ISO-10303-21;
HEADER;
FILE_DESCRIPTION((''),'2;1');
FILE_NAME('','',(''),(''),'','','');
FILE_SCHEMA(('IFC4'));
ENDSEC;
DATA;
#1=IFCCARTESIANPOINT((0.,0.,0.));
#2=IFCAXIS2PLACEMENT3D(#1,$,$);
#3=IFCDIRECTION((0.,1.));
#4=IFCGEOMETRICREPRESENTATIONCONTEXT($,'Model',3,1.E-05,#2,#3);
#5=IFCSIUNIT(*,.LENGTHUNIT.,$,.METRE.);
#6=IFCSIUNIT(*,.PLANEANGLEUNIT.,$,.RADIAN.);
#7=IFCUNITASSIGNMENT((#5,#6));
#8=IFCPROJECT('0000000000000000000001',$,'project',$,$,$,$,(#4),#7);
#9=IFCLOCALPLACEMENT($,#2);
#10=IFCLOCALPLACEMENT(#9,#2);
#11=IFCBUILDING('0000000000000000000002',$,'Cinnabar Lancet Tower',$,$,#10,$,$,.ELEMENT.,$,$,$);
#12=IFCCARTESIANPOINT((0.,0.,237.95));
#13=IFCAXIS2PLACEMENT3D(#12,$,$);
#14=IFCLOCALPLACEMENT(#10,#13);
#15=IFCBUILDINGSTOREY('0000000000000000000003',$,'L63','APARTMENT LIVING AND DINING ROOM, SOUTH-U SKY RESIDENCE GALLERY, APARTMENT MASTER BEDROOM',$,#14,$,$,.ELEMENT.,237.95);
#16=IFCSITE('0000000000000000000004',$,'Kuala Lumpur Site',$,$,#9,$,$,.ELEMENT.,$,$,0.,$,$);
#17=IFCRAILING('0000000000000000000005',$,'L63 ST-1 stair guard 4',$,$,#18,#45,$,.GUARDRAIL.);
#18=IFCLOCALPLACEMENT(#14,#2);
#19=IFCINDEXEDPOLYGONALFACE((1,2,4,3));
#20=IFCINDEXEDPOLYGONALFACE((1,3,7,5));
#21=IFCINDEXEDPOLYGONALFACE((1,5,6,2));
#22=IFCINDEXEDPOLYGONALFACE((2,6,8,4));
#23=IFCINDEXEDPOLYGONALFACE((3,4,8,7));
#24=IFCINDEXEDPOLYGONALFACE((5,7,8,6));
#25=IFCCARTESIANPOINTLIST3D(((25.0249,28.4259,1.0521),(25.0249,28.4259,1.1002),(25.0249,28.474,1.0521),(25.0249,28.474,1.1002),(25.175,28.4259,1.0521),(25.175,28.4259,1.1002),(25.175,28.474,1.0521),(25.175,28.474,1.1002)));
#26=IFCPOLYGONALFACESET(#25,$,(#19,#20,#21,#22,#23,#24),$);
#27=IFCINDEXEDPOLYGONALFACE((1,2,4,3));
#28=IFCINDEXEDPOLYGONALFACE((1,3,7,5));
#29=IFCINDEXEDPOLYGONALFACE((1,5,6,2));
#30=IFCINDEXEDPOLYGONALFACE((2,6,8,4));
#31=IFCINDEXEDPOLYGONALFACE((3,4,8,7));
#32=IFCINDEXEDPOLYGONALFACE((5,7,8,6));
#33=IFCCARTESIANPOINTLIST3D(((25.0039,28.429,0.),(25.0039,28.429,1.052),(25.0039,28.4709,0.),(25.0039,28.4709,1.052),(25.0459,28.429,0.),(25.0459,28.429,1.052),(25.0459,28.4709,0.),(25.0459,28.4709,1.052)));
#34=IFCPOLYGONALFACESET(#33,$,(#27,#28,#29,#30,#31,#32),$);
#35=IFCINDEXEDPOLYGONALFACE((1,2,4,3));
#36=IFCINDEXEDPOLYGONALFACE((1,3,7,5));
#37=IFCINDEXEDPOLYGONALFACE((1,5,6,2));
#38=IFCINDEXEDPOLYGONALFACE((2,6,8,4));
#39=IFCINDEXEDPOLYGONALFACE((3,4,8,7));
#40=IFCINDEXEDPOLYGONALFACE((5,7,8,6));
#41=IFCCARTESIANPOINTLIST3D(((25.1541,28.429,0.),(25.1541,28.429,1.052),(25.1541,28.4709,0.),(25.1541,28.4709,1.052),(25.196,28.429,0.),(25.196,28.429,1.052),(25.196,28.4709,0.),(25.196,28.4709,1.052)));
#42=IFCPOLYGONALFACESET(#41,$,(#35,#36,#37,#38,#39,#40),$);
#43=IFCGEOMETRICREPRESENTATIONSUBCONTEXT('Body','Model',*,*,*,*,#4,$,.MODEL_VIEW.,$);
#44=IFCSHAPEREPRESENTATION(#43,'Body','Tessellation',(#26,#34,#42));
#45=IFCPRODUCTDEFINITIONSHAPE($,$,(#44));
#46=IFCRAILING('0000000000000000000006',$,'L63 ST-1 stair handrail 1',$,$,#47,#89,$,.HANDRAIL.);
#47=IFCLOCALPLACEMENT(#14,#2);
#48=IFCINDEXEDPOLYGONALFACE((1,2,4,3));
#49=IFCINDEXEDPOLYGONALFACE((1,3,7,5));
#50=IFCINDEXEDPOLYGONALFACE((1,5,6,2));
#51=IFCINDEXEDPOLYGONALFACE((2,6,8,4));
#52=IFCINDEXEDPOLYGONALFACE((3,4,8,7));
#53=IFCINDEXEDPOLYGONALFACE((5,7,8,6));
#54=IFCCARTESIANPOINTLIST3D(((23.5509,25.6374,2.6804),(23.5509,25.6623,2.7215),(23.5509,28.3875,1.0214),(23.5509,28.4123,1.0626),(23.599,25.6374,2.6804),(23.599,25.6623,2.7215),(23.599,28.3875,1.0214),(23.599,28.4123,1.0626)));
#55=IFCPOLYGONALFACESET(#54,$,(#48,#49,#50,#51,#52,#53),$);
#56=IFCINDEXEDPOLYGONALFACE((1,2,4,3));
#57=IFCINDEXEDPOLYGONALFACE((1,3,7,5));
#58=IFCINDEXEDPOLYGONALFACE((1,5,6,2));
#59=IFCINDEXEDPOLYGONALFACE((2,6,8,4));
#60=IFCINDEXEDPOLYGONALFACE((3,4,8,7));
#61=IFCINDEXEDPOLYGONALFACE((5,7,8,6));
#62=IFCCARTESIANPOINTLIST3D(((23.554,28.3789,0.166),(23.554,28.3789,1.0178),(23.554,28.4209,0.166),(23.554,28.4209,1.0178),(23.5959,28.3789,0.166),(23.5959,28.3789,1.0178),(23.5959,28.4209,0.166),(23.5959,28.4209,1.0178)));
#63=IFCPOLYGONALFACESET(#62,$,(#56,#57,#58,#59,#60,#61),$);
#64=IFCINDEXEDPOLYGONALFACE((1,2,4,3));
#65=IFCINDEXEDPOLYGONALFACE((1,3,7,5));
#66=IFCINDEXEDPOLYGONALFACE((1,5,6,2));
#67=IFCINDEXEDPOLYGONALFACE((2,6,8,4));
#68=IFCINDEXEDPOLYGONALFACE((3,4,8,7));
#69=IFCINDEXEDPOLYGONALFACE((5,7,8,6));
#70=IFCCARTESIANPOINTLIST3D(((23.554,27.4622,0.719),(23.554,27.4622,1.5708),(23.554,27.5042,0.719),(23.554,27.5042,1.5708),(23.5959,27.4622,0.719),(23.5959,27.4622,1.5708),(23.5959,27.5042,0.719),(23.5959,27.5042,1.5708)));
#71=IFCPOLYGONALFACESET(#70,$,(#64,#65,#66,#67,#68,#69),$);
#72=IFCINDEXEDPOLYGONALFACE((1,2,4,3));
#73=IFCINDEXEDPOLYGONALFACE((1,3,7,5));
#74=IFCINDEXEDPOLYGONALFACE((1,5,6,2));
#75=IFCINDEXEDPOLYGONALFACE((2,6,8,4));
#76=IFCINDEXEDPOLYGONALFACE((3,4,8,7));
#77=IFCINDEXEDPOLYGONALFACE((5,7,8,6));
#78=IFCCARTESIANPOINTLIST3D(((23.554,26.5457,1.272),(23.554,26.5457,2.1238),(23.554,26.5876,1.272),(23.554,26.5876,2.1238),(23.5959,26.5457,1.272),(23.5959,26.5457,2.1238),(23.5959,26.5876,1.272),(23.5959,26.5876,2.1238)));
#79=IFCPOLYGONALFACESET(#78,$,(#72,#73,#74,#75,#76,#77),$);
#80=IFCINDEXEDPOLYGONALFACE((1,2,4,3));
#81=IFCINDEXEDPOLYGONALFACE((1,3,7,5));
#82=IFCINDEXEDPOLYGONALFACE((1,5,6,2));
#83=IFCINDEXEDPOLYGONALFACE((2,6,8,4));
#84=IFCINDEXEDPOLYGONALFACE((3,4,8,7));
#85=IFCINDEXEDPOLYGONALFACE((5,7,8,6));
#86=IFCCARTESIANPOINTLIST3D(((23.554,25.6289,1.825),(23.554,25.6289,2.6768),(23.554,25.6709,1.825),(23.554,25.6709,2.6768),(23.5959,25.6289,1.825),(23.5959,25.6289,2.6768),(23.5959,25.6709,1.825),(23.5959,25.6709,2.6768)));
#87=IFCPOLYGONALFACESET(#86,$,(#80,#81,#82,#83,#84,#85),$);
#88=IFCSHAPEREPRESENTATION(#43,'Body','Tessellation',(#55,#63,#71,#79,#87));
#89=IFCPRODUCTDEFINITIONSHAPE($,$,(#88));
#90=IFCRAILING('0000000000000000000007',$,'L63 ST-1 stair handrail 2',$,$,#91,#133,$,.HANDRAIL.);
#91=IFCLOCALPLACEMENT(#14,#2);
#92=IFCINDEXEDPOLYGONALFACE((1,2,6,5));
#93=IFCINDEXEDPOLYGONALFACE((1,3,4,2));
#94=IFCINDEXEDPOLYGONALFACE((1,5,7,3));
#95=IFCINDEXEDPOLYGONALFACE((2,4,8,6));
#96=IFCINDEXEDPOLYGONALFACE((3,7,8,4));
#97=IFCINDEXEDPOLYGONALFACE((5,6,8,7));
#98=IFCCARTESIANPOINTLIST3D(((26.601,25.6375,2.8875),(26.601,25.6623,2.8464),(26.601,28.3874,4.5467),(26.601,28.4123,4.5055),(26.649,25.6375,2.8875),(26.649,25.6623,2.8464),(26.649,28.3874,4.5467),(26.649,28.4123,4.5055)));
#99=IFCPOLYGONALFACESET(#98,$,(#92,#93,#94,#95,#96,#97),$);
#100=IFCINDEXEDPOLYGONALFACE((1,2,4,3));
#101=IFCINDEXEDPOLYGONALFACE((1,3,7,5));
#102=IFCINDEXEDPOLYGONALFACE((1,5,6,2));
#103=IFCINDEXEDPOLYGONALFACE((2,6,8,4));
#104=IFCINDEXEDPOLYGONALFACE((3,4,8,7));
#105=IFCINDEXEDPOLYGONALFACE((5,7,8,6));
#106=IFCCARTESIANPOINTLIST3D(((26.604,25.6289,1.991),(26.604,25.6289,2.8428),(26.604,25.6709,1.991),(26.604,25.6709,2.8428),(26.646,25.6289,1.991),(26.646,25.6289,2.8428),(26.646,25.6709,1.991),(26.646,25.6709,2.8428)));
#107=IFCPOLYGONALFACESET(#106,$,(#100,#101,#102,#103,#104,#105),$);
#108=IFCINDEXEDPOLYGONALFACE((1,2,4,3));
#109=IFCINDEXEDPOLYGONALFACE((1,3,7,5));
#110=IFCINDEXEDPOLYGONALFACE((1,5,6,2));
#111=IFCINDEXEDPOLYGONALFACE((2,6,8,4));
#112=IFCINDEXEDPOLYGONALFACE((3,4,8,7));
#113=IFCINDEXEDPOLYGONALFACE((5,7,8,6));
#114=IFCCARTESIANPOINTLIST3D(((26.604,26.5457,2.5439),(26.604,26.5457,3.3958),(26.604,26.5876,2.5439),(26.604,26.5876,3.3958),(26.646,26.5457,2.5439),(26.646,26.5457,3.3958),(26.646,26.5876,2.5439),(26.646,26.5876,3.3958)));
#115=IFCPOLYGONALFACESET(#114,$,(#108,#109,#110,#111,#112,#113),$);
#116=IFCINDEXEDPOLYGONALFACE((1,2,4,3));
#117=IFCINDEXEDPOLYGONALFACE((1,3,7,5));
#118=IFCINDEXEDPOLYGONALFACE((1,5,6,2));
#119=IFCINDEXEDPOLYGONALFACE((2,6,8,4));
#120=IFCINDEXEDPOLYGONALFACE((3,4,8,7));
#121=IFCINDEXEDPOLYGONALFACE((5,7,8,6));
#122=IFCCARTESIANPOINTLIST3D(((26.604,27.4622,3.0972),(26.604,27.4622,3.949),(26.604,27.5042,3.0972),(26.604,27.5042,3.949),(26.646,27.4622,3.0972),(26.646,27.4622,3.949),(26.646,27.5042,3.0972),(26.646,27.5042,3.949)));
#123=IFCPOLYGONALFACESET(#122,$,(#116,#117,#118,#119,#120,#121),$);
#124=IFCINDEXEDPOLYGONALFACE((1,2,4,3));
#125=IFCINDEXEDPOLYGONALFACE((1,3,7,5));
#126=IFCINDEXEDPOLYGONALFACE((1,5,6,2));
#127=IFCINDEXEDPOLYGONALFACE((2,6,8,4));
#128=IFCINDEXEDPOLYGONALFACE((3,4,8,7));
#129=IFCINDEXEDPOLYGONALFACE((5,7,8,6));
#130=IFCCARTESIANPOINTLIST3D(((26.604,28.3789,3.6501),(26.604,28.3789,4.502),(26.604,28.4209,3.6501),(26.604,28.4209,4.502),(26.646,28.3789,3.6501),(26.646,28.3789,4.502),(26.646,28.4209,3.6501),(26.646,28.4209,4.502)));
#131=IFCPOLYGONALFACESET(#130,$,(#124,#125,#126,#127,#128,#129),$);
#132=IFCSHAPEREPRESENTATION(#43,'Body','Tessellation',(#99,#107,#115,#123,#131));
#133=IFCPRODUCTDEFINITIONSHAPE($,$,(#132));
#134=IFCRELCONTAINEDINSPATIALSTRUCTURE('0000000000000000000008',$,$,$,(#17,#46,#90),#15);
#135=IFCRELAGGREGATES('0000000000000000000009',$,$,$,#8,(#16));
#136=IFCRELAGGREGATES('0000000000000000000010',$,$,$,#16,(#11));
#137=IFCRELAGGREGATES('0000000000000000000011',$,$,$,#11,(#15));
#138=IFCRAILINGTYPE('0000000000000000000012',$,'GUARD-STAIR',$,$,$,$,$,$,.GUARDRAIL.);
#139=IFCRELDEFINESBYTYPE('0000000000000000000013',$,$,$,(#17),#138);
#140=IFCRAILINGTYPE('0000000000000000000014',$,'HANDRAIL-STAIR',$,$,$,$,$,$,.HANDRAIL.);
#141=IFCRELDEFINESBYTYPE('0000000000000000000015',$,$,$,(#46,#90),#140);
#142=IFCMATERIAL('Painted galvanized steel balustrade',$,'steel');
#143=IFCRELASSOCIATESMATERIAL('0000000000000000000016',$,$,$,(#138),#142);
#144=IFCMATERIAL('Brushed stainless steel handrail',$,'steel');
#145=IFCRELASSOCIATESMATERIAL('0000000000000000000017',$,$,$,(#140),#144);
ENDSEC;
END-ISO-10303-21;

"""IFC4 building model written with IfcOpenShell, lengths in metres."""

from ifc_helpers import new_model, si_unit, direction, frame, origin, origin_2d, place, context, subcontext, project, spatial, rectangle, extrude, material, type_object, element, save


model = new_model("IFC4")

# Units and contexts
model_context = context("Model", 3, precision=1e-05, world=origin(), true_north=direction((0.0, 1.0)))
body_context = subcontext(model_context, "Body", "Model", "MODEL_VIEW")
ifc_project = project(units=[si_unit("LENGTHUNIT", "METRE"), si_unit("PLANEANGLEUNIT", "RADIAN")], contexts=[model_context])

# Site, building, storey
site_placement = place(None, origin())
site = spatial("IfcSite", under=ifc_project, at=site_placement, Name="Kuala Lumpur Site", CompositionType="ELEMENT", RefElevation=0.0)
building_placement = place(site_placement, origin())
building = spatial("IfcBuilding", under=site, at=building_placement, Name="Cinnabar Lancet Tower", CompositionType="ELEMENT")
storey_placement = place(building_placement, frame((0.0, 0.0, 237.95)))
storey = spatial("IfcBuildingStorey", under=building, at=storey_placement, Name="L63", Description="APARTMENT LIVING AND DINING ROOM, SOUTH-U SKY RESIDENCE GALLERY, APARTMENT MASTER BEDROOM", CompositionType="ELEMENT", Elevation=237.95)

# Railings
ifc_material_1 = material(Name="Painted galvanized steel balustrade", Category="steel")
railing_type_1 = type_object("IfcRailingType", Name="GUARD-STAIR", PredefinedType="GUARDRAIL", material=ifc_material_1)
railing_1_placement = place(storey_placement, frame((25.0249, 28.45, 0.0)))
element("IfcRailing", 1, at=railing_1_placement, inside=storey, type_object=railing_type_1, Name="L63 ST-1 stair guard 4", PredefinedType="GUARDRAIL", context=body_context, shape_type="SweptSolid", body=[
    extrude(rectangle(XDim=0.0481, YDim=0.0481, at=origin_2d()), frame((0.0, 0.0, 1.0762), z_axis=(1.0, 0.0, 0.0), x_axis=(0.0, 1.0, 0.0)), (0.0, 0.0, 1.0), 0.1501),
    extrude(rectangle(XDim=0.042, YDim=0.042, at=origin_2d()), origin(), (0.0, 0.0, 1.0), 1.052),
    extrude(rectangle(XDim=0.042, YDim=0.042, at=origin_2d()), frame((0.1501, 0.0, 0.0)), (0.0, 0.0, 1.0), 1.052),
])
ifc_material_2 = material(Name="Brushed stainless steel handrail", Category="steel")
railing_type_2 = type_object("IfcRailingType", Name="HANDRAIL-STAIR", PredefinedType="HANDRAIL", material=ifc_material_2)
railing_2_placement = place(storey_placement, frame((23.575, 28.3999, 0.166)))
element("IfcRailing", 2, at=railing_2_placement, inside=storey, type_object=railing_type_2, Name="L63 ST-1 stair handrail 1", PredefinedType="HANDRAIL", context=body_context, shape_type="SweptSolid", body=[
    extrude(rectangle(XDim=0.0481, YDim=0.0481, at=origin_2d()), frame((0.0, 0.0, 0.876), z_axis=(0.0, -0.856263, 0.51654), x_axis=(1.0, 0.0, 0.0)), (0.0, 0.0, 1.0), 3.2117),
    extrude(rectangle(XDim=0.042, YDim=0.042, at=origin_2d()), origin(), (0.0, 0.0, 1.0), 0.8518),
    extrude(rectangle(XDim=0.042, YDim=0.042, at=origin_2d()), frame((0.0, -0.9167, 0.553)), (0.0, 0.0, 1.0), 0.8518),
    extrude(rectangle(XDim=0.042, YDim=0.042, at=origin_2d()), frame((0.0, -1.8333, 1.106)), (0.0, 0.0, 1.0), 0.8518),
    extrude(rectangle(XDim=0.042, YDim=0.042, at=origin_2d()), frame((0.0, -2.75, 1.6589)), (0.0, 0.0, 1.0), 0.8518),
])
railing_3_placement = place(storey_placement, frame((26.625, 25.6499, 1.991)))
element("IfcRailing", 3, at=railing_3_placement, inside=storey, type_object=railing_type_2, Name="L63 ST-1 stair handrail 2", PredefinedType="HANDRAIL", context=body_context, shape_type="SweptSolid", body=[
    extrude(rectangle(XDim=0.0481, YDim=0.0481, at=origin_2d()), frame((0.0, 0.0, 0.876), z_axis=(0.0, 0.856229, 0.516596), x_axis=(-1.0, 0.0, 0.0)), (0.0, 0.0, 1.0), 3.2117),
    extrude(rectangle(XDim=0.042, YDim=0.042, at=origin_2d()), origin(), (0.0, 0.0, 1.0), 0.8518),
    extrude(rectangle(XDim=0.042, YDim=0.042, at=origin_2d()), frame((0.0, 0.9167, 0.553)), (0.0, 0.0, 1.0), 0.8518),
    extrude(rectangle(XDim=0.042, YDim=0.042, at=origin_2d()), frame((0.0, 1.8333, 1.1062)), (0.0, 0.0, 1.0), 0.8518),
    extrude(rectangle(XDim=0.042, YDim=0.042, at=origin_2d()), frame((0.0, 2.75, 1.6592)), (0.0, 0.0, 1.0), 0.8518),
])

save(model, "model.ifc")
